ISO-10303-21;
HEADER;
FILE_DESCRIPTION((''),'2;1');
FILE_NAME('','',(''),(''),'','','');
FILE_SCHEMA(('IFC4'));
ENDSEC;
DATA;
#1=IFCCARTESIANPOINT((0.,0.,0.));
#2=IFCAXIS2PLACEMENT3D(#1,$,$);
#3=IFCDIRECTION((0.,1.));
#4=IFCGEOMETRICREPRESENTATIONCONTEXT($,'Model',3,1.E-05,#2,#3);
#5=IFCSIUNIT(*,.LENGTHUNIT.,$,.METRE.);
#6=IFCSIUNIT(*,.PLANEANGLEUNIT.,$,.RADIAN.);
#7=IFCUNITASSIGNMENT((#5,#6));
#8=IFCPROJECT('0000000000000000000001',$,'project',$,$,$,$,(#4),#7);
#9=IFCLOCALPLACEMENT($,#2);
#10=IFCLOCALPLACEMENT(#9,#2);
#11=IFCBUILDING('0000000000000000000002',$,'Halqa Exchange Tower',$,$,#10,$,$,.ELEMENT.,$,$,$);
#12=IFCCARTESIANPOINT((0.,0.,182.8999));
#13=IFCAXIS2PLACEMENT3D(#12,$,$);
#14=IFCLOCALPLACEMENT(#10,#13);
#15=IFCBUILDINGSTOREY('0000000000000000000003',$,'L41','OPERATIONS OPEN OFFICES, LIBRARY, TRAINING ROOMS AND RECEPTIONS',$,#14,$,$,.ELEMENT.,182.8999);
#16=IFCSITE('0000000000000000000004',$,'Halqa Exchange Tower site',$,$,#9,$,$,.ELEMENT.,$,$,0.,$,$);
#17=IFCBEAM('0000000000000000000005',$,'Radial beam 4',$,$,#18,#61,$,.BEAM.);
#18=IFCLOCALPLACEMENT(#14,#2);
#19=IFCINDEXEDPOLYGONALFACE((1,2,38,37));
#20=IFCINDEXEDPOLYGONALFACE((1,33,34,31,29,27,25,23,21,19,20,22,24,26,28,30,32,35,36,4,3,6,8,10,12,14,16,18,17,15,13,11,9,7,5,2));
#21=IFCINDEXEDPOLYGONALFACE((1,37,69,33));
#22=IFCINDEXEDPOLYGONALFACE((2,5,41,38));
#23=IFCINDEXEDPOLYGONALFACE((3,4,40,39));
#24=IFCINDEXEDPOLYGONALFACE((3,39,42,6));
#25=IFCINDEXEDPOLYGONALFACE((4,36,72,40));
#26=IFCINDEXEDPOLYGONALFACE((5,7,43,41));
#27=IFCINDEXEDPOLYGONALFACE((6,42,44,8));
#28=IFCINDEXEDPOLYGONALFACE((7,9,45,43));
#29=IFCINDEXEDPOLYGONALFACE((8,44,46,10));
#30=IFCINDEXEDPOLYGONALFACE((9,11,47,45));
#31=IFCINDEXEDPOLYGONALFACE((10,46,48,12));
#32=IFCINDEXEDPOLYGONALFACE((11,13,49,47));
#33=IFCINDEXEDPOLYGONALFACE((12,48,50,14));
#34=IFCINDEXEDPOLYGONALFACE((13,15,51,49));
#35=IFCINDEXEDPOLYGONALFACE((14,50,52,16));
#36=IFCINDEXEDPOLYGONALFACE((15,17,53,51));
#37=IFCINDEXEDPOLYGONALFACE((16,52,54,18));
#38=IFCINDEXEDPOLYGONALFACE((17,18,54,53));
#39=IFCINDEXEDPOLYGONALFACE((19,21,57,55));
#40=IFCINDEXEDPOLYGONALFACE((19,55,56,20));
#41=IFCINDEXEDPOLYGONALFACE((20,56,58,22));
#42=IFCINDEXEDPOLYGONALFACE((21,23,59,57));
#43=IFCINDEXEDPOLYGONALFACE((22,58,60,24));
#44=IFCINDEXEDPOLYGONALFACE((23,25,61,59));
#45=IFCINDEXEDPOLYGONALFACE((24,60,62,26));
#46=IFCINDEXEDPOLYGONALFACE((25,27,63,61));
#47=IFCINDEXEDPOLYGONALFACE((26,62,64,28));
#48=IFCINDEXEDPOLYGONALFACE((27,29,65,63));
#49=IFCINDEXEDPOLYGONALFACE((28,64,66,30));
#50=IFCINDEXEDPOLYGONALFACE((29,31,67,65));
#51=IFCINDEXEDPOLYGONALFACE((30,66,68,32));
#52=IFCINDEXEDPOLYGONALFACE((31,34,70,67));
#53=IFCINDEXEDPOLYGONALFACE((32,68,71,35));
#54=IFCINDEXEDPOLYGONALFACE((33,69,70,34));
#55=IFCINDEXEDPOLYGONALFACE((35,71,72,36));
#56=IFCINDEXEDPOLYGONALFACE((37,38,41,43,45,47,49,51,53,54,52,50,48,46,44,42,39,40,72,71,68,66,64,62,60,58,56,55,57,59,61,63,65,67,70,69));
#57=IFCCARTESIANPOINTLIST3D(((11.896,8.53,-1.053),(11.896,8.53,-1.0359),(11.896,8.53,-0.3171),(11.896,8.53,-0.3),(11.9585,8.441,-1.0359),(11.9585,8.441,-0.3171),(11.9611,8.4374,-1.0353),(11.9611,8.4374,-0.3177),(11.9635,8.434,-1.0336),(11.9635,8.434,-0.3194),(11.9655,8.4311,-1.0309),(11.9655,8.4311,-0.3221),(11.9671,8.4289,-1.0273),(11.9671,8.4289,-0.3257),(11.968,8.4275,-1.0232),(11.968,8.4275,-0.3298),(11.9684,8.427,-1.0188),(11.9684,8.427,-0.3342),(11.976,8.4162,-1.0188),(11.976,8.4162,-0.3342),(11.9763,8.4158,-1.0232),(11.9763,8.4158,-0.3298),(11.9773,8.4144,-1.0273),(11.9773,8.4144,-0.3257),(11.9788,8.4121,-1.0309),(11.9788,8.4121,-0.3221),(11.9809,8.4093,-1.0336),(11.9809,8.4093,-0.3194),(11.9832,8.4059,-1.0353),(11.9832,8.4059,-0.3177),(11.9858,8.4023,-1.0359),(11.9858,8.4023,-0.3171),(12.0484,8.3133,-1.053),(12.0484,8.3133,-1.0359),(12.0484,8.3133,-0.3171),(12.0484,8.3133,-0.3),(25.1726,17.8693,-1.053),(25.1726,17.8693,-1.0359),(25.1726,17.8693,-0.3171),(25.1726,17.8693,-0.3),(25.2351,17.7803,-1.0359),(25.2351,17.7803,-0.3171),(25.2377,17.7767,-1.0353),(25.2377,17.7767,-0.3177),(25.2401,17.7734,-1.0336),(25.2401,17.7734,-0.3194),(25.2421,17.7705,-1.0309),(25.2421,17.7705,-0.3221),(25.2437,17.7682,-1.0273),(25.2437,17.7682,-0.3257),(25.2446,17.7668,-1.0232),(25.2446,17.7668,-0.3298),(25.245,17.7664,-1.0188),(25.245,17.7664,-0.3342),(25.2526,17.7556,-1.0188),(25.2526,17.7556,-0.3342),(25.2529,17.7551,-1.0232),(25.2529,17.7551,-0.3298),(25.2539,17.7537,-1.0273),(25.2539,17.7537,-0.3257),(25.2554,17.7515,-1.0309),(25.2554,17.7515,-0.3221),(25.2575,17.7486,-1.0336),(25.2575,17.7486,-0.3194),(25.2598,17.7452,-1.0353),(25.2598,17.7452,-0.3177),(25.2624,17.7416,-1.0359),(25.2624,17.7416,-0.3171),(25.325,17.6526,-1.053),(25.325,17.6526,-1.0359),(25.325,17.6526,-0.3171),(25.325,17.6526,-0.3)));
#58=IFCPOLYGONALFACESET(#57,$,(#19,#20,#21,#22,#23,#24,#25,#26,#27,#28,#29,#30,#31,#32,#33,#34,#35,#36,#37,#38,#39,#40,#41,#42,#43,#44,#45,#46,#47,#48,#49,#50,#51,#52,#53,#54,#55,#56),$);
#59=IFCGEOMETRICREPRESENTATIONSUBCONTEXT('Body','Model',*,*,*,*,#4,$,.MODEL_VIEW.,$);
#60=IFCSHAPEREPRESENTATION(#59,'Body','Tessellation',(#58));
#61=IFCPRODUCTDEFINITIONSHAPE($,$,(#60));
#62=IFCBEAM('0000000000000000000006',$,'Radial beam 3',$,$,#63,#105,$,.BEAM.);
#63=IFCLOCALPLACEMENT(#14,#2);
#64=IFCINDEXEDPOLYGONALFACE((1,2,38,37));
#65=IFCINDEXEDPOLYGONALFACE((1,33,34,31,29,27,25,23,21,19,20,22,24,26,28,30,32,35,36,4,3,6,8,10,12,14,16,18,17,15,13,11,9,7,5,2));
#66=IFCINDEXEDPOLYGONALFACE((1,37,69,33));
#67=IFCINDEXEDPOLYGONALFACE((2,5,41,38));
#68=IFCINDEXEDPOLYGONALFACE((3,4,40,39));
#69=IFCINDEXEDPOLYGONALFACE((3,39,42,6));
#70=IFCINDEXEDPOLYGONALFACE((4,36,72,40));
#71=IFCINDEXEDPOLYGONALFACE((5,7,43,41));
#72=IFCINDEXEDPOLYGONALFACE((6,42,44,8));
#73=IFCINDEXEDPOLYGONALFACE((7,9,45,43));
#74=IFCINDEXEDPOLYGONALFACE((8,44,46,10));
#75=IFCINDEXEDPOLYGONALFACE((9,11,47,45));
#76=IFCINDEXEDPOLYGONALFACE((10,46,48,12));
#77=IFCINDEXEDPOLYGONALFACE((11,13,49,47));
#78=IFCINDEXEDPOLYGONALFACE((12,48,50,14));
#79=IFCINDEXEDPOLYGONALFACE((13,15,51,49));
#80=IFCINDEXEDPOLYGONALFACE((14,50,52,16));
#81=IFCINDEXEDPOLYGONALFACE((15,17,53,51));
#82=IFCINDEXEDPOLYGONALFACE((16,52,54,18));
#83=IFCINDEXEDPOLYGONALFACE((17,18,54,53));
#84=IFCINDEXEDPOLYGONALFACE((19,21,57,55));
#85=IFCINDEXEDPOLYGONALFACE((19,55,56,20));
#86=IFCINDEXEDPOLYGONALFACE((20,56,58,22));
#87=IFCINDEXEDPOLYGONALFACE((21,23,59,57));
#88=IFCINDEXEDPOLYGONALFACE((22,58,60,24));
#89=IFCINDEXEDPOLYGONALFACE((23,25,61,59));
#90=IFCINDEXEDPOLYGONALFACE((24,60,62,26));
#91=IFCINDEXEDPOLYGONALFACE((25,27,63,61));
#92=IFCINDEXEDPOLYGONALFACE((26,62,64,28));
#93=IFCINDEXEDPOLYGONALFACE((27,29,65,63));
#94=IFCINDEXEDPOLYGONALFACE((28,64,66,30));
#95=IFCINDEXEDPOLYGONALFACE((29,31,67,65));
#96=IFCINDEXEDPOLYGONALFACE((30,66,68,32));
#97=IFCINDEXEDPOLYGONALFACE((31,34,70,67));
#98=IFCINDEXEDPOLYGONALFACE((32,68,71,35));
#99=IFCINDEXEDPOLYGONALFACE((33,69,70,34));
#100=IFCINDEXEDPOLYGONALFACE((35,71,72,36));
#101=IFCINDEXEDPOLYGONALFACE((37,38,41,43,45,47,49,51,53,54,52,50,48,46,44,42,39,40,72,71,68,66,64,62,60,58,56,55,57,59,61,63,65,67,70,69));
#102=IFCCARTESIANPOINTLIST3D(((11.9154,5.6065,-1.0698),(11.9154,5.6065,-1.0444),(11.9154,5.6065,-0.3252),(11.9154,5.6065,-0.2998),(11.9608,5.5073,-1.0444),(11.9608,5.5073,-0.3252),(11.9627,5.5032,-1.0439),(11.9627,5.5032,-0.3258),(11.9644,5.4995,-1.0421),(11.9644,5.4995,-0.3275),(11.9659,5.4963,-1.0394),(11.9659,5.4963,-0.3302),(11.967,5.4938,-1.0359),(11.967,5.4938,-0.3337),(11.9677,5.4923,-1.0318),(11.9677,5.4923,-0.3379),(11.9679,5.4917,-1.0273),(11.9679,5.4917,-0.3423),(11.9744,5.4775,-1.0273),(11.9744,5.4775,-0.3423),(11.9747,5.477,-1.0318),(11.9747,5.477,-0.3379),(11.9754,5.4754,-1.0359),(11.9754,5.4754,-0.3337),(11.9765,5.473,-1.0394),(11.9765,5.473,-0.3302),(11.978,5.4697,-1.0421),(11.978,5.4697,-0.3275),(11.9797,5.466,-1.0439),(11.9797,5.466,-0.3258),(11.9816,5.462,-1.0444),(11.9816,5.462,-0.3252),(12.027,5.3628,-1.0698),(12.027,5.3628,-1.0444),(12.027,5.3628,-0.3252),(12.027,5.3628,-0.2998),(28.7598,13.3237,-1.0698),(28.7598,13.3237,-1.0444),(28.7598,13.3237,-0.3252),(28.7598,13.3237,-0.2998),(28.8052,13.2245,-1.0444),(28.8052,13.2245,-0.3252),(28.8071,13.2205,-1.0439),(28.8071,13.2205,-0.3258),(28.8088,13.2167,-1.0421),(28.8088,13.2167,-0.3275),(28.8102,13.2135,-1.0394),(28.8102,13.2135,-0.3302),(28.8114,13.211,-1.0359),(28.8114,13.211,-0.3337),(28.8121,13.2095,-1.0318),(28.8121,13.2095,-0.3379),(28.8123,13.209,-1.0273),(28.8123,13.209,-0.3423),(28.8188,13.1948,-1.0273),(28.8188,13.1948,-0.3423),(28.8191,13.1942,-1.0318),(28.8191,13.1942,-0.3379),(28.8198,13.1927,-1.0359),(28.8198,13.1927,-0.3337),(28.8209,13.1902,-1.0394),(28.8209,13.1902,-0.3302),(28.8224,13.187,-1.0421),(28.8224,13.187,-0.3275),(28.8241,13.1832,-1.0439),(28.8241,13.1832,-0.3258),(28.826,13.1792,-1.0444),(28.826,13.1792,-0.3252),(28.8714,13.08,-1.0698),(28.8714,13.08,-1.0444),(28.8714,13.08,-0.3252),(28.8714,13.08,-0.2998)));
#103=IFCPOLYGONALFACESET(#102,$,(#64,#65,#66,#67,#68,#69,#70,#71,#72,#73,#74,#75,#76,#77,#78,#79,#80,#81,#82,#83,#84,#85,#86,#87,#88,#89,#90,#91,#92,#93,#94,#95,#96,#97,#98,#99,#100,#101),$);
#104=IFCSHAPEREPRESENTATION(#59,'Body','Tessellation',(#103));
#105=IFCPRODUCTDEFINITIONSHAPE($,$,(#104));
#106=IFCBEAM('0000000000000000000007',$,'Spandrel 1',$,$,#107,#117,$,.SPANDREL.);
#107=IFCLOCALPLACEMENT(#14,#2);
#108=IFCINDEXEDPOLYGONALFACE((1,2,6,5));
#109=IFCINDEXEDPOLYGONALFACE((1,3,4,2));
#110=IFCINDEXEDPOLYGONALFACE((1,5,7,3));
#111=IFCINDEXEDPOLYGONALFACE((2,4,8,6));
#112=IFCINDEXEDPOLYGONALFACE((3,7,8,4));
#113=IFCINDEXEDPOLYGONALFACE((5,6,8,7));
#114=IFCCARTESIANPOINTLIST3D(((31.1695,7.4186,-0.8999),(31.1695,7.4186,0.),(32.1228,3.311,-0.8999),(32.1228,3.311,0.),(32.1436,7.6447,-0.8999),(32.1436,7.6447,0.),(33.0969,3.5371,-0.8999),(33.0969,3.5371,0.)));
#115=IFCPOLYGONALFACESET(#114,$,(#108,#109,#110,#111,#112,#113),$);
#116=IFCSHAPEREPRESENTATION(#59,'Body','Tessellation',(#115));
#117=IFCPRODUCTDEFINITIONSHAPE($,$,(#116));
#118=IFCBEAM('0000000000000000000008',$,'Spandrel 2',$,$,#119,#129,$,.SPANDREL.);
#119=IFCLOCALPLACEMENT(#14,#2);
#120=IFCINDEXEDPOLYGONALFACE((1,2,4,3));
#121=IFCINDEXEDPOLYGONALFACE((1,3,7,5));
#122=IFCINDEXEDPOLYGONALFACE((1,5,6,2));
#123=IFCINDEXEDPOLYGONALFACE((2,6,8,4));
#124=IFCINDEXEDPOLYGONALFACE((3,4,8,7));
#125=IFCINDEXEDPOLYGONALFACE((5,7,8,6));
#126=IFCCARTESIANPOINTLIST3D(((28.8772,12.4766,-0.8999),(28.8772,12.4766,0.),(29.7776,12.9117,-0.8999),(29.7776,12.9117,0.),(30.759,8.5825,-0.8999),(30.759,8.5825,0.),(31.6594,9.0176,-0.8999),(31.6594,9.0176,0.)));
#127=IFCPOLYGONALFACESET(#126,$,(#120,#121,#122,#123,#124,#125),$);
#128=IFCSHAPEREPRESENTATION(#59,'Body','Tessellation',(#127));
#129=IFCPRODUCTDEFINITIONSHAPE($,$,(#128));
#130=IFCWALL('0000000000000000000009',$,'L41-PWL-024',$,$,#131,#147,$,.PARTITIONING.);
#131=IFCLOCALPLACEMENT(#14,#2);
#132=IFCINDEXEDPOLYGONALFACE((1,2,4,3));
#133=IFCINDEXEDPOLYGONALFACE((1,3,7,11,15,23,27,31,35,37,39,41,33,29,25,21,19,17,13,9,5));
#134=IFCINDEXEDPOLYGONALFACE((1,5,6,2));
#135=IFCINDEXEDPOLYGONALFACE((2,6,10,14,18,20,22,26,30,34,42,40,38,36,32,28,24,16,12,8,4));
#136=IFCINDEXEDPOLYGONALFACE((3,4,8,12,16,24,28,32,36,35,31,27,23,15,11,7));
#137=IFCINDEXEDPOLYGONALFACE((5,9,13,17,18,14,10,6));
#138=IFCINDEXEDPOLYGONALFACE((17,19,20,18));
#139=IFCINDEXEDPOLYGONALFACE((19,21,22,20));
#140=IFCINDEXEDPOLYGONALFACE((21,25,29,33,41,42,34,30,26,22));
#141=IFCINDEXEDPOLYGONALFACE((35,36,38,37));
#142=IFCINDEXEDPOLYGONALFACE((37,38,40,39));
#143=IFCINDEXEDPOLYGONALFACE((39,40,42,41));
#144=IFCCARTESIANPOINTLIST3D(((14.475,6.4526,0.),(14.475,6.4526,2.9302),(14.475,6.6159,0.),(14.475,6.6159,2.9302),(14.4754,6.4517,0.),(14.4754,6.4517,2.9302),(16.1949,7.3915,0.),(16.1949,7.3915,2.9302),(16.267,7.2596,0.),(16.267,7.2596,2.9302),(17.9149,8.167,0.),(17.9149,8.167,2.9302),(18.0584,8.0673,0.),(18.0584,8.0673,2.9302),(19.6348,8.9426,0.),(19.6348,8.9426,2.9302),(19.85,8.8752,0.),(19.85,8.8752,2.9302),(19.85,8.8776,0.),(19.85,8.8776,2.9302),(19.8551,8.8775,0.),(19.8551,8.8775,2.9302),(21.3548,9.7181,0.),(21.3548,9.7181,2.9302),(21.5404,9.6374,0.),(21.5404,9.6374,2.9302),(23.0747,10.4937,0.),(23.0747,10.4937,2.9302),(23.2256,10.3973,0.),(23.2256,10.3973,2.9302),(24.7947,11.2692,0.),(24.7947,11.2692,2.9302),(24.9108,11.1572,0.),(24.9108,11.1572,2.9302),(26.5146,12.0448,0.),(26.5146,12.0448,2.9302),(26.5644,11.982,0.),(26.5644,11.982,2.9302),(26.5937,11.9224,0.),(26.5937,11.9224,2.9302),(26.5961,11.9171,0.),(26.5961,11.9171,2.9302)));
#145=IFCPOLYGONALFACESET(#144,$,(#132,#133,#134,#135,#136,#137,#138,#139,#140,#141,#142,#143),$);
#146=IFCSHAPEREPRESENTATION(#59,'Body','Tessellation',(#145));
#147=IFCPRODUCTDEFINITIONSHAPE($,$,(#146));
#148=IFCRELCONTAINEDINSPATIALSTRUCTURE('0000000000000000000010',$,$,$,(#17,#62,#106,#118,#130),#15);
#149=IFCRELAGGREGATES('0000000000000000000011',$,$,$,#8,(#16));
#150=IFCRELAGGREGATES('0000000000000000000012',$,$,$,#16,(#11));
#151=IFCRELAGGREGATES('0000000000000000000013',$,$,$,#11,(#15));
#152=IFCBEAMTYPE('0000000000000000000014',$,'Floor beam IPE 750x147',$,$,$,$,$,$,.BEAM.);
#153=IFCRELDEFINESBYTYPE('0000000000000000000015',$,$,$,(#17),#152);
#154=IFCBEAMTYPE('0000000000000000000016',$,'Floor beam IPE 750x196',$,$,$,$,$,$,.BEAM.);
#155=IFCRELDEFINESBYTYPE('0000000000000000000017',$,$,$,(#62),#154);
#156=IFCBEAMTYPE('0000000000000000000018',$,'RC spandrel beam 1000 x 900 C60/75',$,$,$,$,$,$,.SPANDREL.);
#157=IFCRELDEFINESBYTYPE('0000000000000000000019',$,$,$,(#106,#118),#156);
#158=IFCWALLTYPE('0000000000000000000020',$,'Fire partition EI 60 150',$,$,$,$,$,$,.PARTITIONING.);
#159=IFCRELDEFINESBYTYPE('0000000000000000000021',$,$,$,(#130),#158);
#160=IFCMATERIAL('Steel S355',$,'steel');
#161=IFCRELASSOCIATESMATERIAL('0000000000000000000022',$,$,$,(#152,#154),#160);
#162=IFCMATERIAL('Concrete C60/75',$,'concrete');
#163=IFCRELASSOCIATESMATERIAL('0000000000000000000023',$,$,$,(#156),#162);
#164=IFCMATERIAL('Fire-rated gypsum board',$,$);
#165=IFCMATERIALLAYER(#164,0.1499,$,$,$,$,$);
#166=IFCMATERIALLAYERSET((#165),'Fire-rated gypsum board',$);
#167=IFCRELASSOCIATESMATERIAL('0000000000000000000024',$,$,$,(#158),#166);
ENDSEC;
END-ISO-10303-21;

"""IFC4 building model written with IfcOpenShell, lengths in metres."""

from ifc_helpers import new_model, si_unit, direction, frame, origin, origin_2d, place, context, subcontext, project, spatial, polyline, rectangle, i_section, outline, extrude, material, layer, layer_set, material_profile, profile_set, type_object, element, save


model = new_model("IFC4")

# Units and contexts
model_context = context("Model", 3, precision=1e-05, world=origin(), true_north=direction((0.0, 1.0)))
body_context = subcontext(model_context, "Body", "Model", "MODEL_VIEW")
ifc_project = project(units=[si_unit("LENGTHUNIT", "METRE"), si_unit("PLANEANGLEUNIT", "RADIAN")], contexts=[model_context])

# Site, building, storey
site_placement = place(None, origin())
site = spatial("IfcSite", under=ifc_project, at=site_placement, Name="Halqa Exchange Tower site", CompositionType="ELEMENT", RefElevation=0.0)
building_placement = place(site_placement, origin())
building = spatial("IfcBuilding", under=site, at=building_placement, Name="Halqa Exchange Tower", CompositionType="ELEMENT")
storey_placement = place(building_placement, frame((0.0, 0.0, 182.8999)))
storey = spatial("IfcBuildingStorey", under=building, at=storey_placement, Name="L41", Description="OPERATIONS OPEN OFFICES, LIBRARY, TRAINING ROOMS AND RECEPTIONS", CompositionType="ELEMENT", Elevation=182.8999)

# Beams
ifc_material_1 = material(Name="Steel S355", Category="steel")
ifc_material_profile_1 = material_profile(ifc_material_1, i_section(OverallWidth=0.2649, OverallDepth=0.7529, WebThickness=0.0132, FlangeThickness=0.0171, FilletRadius=0.0171, at=origin_2d()), Name="IPE 750x147")
ifc_profile_set_1 = profile_set([ifc_material_profile_1], Name="Steel S355")
beam_type_1 = type_object("IfcBeamType", Name="Floor beam IPE 750x147", PredefinedType="BEAM", material=ifc_profile_set_1)
beam_1_placement = place(storey_placement, frame((11.9722, 8.4216, -0.6765), z_axis=(0.817906, 0.575351, 0.0), x_axis=(-0.575351, 0.817906, 0.0)))
element("IfcBeam", 1, at=beam_1_placement, inside=storey, type_object=beam_type_1, Name="Radial beam 4", PredefinedType="BEAM", context=body_context, shape_type="SweptSolid", body=[
    extrude(i_section(OverallWidth=0.2649, OverallDepth=0.7529, WebThickness=0.0132, FlangeThickness=0.0171, FilletRadius=0.0171, at=origin_2d()), origin(), (0.0, 0.0, 1.0), 16.2324),
])
ifc_material_profile_2 = material_profile(ifc_material_1, i_section(OverallWidth=0.2681, OverallDepth=0.77, WebThickness=0.0156, FlangeThickness=0.0254, FilletRadius=0.0171, at=origin_2d()), Name="IPE 750x196")
ifc_profile_set_2 = profile_set([ifc_material_profile_2], Name="Steel S355")
beam_type_2 = type_object("IfcBeamType", Name="Floor beam IPE 750x196", PredefinedType="BEAM", material=ifc_profile_set_2)
beam_2_placement = place(storey_placement, frame((11.9712, 5.4846, -0.6848), z_axis=(0.909128, 0.416516, 0.0), x_axis=(-0.416516, 0.909128, 0.0)))
element("IfcBeam", 2, at=beam_2_placement, inside=storey, type_object=beam_type_2, Name="Radial beam 3", PredefinedType="BEAM", context=body_context, shape_type="SweptSolid", body=[
    extrude(i_section(OverallWidth=0.2681, OverallDepth=0.77, WebThickness=0.0156, FlangeThickness=0.0254, FilletRadius=0.0171, at=origin_2d()), origin(), (0.0, 0.0, 1.0), 18.5281),
])
ifc_material_2 = material(Name="Concrete C60/75", Category="concrete")
ifc_material_profile_3 = material_profile(ifc_material_2, rectangle(XDim=1.0, YDim=0.8999, at=origin_2d()), Name="1000 x 900")
ifc_profile_set_3 = profile_set([ifc_material_profile_3], Name="Concrete C60/75")
beam_type_3 = type_object("IfcBeamType", Name="RC spandrel beam 1000 x 900 C60/75", PredefinedType="SPANDREL", material=ifc_profile_set_3)
beam_3_placement = place(storey_placement, frame((32.6099, 3.4241, -0.45), z_axis=(-0.226086, 0.974107, 0.0), x_axis=(-0.974107, -0.226086, 0.0)))
element("IfcBeam", 3, at=beam_3_placement, inside=storey, type_object=beam_type_3, Name="Spandrel 1", PredefinedType="SPANDREL", context=body_context, shape_type="SweptSolid", body=[
    extrude(rectangle(XDim=1.0, YDim=0.8999, at=origin_2d()), origin(), (0.0, 0.0, 1.0), 4.2168),
])
beam_4_placement = place(storey_placement, frame((31.2092, 8.8, -0.45), z_axis=(-0.435115, 0.900375, 0.0), x_axis=(-0.900375, -0.435115, 0.0)))
element("IfcBeam", 4, at=beam_4_placement, inside=storey, type_object=beam_type_3, Name="Spandrel 2", PredefinedType="SPANDREL", context=body_context, shape_type="SweptSolid", body=[
    extrude(rectangle(XDim=1.0, YDim=0.8999, at=origin_2d()), origin(), (0.0, 0.0, 1.0), 4.325),
])

# Shared definitions
ifc_material_3 = material(Name="Fire-rated gypsum board")
ifc_layer_1 = layer(ifc_material_3, 0.1499)
ifc_layer_set_1 = layer_set([ifc_layer_1], Name="Fire-rated gypsum board")
wall_type_1 = type_object("IfcWallType", Name="Fire partition EI 60 150", PredefinedType="PARTITIONING", material=ifc_layer_set_1)

# Wall
wall_1_placement = place(storey_placement, frame((14.4446, 6.52, 0.0), z_axis=(0.0, 0.0, 1.0), x_axis=(0.91161, 0.411056, 0.0)))
element("IfcWall", 5, at=wall_1_placement, inside=storey, type_object=wall_type_1, Name="L41-PWL-024", PredefinedType="PARTITIONING", context=body_context, shape_type="SweptSolid", body=[
    extrude(outline(polyline([(0.0, -0.075), (1.9653, -0.075), (3.9304, -0.075), (5.8958, -0.075), (5.8967, -0.0728), (5.9014, -0.075), (7.75, -0.075), (9.5986, -0.075), (11.4473, -0.075), (13.2959, -0.075), (13.2959, -0.0691), (13.2937, -0.0027), (13.2742, 0.075), (11.3875, 0.075), (9.5007, 0.075), (7.614, 0.075), (5.7273, 0.075), (3.8406, 0.075), (1.9539, 0.075), (0.0671, 0.075), (0.0, -0.074), (0.0, -0.075)])), origin(), (0.0, 0.0, 1.0), 2.9302),
])

save(model, "model.ifc")
